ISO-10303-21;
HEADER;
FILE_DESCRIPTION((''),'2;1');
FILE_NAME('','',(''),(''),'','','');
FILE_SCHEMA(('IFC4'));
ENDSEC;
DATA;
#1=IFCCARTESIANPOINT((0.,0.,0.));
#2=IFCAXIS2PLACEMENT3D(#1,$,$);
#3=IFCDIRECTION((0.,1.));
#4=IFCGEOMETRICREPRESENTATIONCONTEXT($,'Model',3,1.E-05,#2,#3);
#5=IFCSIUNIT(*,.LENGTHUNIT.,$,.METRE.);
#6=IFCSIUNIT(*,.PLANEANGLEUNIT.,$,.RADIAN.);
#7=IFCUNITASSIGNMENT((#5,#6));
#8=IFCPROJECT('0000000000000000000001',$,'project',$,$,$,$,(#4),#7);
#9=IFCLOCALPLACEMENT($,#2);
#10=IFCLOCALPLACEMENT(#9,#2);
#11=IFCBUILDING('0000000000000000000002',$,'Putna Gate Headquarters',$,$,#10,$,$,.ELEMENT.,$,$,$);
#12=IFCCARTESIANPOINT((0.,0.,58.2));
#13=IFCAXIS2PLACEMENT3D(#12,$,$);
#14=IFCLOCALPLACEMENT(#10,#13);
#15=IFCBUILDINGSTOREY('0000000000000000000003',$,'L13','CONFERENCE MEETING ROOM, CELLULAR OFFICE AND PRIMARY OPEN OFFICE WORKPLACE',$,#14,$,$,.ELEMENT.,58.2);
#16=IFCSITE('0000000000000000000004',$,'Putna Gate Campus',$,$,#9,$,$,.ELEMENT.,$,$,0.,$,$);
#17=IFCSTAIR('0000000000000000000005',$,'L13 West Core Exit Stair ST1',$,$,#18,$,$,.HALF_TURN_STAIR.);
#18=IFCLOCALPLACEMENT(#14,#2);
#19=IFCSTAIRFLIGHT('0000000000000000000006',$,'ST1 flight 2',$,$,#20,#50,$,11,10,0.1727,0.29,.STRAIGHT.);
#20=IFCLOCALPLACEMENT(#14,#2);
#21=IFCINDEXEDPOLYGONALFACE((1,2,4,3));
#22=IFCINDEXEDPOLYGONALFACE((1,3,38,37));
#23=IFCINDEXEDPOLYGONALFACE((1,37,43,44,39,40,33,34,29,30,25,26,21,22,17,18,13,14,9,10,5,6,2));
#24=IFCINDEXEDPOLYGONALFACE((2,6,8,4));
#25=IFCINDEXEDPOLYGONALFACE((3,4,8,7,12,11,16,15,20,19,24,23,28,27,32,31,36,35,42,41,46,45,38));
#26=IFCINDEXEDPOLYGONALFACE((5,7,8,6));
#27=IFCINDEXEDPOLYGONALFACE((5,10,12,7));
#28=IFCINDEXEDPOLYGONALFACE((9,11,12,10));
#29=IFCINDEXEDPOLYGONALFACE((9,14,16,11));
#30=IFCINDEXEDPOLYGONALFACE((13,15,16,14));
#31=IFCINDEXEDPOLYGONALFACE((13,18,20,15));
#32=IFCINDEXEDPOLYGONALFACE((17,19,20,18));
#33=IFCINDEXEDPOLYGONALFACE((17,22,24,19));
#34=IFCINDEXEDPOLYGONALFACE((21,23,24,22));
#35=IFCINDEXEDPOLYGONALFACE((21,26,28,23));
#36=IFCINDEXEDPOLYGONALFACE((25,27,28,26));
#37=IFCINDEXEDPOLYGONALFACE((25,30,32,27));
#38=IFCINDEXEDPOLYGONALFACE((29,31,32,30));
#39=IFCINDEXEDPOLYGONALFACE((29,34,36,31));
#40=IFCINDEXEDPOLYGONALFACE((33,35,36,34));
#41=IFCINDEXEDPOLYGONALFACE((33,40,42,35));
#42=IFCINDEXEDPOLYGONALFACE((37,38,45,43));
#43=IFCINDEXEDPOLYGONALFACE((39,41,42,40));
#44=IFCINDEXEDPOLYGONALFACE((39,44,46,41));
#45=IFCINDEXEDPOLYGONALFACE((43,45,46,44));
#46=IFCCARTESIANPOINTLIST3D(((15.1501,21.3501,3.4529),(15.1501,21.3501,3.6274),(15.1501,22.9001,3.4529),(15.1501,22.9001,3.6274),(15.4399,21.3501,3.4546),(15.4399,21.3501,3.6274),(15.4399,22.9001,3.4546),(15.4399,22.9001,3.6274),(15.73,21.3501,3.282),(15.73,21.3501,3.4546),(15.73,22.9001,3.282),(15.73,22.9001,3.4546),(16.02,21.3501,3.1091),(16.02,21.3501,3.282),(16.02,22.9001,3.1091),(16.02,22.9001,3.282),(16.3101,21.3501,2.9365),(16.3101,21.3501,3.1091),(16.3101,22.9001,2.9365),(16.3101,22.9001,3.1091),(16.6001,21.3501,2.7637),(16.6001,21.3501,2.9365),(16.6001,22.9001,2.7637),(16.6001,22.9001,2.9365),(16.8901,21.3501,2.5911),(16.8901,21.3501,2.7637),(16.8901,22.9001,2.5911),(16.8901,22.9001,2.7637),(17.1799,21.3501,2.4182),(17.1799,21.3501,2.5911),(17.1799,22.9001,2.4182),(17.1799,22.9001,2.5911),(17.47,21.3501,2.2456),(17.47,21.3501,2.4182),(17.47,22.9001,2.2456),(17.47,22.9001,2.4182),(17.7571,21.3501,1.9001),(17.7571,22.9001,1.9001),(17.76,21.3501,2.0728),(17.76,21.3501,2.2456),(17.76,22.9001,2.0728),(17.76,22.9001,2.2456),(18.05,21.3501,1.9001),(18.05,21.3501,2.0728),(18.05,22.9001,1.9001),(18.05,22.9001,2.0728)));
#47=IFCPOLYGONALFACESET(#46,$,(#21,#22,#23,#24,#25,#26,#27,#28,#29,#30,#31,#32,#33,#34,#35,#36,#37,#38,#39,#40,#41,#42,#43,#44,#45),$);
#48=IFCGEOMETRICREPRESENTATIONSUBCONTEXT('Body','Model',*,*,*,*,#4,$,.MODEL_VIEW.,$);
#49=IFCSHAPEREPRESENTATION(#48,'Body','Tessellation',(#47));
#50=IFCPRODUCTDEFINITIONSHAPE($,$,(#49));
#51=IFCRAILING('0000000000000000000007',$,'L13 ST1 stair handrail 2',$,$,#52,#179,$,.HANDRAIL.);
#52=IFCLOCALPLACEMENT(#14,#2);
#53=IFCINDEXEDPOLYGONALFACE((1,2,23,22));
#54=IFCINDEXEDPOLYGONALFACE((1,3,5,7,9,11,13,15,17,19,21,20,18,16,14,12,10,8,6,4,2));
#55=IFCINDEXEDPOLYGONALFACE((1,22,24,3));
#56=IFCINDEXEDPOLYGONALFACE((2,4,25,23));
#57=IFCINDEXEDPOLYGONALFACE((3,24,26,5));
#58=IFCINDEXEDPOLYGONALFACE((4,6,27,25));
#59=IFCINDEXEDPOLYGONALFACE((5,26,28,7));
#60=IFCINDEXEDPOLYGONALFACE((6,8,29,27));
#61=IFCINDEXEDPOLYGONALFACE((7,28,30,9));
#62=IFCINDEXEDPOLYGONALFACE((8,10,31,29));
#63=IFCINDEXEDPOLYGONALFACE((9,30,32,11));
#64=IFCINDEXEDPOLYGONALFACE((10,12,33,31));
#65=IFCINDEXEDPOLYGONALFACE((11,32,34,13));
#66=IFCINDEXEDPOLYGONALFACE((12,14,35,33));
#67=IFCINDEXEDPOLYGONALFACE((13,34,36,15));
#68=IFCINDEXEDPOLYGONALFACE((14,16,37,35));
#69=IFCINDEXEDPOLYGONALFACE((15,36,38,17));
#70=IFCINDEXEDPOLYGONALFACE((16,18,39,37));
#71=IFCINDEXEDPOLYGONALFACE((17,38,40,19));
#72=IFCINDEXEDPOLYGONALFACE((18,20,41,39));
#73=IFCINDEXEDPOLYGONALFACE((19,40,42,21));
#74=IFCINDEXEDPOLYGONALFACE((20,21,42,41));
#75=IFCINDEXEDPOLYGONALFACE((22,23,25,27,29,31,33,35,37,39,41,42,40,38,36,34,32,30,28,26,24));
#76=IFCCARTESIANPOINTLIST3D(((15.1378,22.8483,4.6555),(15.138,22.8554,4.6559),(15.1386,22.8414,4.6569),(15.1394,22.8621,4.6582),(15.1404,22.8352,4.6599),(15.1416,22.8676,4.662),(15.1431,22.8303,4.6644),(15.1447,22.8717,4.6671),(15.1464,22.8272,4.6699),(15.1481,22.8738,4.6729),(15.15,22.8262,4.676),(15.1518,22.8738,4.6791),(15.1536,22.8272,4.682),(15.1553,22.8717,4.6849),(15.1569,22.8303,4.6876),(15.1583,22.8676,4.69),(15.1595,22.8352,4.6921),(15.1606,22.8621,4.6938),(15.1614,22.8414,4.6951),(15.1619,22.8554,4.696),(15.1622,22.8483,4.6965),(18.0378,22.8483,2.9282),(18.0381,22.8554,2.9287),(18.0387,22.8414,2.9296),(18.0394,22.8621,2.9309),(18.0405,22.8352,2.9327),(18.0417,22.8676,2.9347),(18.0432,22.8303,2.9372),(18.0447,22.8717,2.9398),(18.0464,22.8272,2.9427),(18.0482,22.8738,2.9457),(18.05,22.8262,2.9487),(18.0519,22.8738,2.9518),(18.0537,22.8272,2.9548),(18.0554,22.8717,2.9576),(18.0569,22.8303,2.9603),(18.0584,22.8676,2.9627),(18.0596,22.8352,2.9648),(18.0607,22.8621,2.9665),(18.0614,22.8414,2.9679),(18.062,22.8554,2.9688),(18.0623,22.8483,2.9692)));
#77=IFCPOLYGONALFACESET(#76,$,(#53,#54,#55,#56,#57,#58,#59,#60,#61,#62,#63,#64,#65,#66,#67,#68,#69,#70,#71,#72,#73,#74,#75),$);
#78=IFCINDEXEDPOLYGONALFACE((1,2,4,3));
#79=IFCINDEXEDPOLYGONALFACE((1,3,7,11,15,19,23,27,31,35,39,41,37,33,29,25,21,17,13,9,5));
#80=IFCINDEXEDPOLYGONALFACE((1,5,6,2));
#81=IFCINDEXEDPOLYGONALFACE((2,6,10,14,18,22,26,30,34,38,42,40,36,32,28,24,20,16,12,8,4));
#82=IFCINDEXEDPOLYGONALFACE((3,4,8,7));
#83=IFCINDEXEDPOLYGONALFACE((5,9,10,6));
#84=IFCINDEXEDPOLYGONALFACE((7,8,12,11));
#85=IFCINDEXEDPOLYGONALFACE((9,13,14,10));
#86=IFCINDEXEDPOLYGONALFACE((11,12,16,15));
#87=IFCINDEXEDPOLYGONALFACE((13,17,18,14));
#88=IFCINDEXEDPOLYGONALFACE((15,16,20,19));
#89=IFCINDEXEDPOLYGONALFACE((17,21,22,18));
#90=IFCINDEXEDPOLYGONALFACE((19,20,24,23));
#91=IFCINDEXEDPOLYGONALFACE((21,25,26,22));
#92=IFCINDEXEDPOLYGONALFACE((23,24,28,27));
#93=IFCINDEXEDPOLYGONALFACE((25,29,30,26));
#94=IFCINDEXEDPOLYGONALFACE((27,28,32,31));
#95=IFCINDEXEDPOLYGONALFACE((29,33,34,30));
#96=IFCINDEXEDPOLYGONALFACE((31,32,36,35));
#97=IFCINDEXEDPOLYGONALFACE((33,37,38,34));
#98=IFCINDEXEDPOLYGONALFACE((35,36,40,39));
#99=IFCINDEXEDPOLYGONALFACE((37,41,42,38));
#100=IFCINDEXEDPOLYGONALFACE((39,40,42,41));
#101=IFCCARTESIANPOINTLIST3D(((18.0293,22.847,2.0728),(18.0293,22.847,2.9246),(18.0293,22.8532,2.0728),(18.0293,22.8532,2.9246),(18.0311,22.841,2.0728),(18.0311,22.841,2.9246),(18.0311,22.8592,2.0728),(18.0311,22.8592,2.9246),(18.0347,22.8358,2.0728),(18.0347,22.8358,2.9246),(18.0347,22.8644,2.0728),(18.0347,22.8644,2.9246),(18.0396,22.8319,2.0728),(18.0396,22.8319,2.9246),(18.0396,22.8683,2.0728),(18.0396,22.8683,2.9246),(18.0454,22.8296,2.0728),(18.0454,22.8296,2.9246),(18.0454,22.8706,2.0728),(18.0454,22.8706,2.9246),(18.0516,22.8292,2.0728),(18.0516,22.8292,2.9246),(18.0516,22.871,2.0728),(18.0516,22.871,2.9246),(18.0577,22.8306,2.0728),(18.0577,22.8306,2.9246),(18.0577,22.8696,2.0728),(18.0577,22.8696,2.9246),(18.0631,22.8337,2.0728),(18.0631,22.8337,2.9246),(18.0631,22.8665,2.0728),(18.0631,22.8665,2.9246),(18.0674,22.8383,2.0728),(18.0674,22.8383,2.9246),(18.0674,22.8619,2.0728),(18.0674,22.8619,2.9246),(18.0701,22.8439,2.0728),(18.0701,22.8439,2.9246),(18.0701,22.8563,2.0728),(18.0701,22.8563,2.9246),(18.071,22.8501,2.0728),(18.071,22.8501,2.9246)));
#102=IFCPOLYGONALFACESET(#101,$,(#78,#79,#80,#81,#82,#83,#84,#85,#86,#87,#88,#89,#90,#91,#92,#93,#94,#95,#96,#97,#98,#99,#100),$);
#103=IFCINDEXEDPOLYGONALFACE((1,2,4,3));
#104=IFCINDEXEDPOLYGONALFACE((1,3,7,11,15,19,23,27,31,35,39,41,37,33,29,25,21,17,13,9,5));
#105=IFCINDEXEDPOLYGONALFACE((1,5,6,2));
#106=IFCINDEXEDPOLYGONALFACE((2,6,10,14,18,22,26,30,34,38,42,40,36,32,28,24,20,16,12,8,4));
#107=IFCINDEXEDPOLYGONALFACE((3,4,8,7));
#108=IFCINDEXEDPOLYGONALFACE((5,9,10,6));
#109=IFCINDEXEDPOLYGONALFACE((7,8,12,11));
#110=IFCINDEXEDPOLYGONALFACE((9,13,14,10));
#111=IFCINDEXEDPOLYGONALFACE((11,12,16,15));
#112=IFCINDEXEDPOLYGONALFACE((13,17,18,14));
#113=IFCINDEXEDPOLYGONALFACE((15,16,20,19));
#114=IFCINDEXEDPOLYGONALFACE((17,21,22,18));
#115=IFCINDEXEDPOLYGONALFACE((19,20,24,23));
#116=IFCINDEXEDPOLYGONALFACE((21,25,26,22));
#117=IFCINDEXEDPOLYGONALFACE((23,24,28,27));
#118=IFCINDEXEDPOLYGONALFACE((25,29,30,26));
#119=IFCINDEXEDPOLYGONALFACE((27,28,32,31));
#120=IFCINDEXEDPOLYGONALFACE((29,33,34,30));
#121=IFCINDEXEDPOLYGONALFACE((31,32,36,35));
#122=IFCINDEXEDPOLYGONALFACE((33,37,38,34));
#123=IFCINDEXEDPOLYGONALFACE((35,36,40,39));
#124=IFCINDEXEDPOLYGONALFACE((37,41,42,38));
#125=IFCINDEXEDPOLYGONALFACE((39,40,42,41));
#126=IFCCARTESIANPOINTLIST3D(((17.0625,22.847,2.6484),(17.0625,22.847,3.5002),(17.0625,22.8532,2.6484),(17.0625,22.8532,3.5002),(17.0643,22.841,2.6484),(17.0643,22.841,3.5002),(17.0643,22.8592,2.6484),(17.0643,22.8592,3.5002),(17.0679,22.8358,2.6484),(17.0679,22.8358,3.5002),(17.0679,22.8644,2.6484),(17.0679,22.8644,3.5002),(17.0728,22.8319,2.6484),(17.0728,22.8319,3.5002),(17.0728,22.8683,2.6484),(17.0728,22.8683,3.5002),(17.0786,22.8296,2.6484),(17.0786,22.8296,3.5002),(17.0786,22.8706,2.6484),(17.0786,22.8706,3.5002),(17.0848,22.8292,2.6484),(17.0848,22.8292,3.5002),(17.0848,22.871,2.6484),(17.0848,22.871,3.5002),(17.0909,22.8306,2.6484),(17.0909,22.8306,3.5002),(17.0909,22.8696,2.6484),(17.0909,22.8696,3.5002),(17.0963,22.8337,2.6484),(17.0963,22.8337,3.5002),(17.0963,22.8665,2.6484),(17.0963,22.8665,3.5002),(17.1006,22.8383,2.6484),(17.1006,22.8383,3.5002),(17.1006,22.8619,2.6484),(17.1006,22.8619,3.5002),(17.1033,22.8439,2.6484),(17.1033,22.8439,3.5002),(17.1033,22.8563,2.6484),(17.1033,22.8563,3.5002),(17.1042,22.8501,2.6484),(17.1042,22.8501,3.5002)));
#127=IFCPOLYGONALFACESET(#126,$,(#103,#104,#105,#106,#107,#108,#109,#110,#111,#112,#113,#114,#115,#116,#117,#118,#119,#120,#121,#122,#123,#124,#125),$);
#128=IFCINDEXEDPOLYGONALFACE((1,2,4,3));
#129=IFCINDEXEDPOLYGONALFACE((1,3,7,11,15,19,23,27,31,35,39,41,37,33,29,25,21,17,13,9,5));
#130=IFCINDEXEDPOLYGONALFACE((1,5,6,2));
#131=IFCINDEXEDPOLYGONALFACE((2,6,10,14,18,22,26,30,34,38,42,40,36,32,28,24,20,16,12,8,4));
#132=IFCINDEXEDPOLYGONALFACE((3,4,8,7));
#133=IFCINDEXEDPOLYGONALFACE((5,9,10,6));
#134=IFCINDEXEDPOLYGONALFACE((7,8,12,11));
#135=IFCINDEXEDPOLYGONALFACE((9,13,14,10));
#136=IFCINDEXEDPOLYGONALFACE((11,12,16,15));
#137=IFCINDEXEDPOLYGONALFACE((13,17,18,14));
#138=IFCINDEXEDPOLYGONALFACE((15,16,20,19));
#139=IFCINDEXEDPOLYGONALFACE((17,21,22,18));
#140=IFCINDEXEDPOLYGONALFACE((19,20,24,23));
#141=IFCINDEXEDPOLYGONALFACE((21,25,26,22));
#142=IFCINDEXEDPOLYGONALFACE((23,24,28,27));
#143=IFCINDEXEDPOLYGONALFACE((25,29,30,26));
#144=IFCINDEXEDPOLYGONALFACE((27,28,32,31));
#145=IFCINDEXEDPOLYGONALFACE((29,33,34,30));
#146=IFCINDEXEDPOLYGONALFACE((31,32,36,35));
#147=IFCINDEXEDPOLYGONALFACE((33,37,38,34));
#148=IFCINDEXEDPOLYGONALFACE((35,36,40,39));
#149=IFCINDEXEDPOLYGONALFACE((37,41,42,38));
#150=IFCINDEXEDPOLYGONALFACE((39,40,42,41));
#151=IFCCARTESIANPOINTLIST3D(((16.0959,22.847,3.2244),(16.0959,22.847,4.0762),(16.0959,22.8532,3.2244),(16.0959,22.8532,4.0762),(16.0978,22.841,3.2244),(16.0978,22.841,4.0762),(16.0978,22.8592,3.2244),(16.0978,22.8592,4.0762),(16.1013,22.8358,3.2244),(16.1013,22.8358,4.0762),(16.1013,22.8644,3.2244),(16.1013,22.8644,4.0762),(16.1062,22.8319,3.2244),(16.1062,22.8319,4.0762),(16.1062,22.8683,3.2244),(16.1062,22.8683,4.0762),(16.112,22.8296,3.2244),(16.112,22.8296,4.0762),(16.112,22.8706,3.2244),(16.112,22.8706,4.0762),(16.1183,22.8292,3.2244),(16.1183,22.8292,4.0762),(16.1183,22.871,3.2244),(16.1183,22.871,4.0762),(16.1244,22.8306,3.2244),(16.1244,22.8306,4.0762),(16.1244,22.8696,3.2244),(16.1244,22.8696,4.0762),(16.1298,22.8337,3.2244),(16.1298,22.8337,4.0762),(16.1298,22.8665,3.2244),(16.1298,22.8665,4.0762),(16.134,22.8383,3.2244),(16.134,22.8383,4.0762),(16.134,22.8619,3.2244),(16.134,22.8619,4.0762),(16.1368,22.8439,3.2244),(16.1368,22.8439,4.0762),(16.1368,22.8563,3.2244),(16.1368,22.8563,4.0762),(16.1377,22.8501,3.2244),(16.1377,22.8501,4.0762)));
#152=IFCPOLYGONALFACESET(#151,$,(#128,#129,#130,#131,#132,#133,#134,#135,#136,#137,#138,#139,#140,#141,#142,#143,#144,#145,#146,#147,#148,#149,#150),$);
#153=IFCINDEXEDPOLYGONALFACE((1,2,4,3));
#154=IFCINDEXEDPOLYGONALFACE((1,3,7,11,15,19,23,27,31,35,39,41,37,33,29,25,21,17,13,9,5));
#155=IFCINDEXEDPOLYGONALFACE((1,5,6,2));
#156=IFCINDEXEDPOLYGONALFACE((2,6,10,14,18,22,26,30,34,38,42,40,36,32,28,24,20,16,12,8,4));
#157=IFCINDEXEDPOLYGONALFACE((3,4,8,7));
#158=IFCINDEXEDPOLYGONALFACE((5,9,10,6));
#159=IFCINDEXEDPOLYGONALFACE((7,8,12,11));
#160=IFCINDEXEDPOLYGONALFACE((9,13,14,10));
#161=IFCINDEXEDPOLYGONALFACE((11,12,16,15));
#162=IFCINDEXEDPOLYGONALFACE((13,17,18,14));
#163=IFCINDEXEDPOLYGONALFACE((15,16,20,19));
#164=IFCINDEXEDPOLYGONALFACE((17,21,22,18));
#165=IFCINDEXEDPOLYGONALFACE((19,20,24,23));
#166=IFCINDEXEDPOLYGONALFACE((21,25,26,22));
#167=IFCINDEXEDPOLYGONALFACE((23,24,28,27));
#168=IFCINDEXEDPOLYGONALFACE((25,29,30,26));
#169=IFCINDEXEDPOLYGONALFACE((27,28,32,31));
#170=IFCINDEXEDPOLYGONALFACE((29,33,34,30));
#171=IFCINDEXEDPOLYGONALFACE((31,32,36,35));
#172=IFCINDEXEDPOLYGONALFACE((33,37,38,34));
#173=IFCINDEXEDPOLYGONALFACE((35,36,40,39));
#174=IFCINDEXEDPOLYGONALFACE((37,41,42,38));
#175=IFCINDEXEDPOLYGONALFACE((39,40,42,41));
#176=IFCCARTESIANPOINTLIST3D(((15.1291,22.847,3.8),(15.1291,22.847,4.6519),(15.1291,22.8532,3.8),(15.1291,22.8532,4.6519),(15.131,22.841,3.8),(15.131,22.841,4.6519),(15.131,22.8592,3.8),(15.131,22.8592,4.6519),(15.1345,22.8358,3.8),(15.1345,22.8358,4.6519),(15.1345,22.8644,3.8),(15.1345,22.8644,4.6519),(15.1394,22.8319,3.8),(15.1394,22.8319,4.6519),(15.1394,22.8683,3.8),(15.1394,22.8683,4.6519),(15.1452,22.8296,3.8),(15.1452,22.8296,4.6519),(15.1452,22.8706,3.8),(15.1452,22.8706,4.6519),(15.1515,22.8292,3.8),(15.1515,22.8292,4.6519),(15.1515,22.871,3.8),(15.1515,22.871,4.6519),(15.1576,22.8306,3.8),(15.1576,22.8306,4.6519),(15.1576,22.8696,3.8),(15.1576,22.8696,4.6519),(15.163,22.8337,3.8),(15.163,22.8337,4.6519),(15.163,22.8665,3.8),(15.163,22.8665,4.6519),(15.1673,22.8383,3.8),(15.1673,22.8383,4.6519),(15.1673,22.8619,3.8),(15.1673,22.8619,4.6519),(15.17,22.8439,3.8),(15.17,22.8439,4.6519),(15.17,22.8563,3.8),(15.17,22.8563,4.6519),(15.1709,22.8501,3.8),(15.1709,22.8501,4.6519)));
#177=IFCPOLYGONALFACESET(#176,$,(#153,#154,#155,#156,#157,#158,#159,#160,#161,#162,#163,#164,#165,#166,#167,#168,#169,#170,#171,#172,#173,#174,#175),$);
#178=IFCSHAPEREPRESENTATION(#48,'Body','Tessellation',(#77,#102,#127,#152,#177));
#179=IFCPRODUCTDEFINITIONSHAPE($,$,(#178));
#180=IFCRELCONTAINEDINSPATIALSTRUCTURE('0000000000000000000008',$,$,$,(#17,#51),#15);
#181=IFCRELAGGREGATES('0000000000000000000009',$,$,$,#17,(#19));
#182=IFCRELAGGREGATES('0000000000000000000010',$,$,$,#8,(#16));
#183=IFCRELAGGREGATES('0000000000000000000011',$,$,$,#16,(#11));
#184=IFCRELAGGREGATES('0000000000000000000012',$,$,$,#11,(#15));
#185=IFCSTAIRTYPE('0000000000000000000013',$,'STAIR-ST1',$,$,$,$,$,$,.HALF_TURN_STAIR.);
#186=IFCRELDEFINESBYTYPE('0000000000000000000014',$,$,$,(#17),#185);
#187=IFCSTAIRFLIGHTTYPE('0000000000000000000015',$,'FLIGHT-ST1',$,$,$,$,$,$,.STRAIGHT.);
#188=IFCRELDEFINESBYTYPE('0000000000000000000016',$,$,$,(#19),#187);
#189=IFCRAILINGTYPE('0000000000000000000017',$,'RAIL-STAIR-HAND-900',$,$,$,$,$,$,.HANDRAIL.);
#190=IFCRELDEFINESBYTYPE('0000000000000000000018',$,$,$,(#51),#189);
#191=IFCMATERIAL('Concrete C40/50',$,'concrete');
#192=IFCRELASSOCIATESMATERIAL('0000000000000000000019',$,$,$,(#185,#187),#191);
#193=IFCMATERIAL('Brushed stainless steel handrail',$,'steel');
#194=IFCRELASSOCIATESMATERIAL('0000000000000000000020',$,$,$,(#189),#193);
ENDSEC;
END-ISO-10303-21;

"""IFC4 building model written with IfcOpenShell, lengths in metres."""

from ifc_helpers import new_model, si_unit, direction, frame, origin, origin_2d, place, context, subcontext, project, spatial, polyline, circle, outline, extrude, material, type_object, element, aggregate, save


model = new_model("IFC4")

# Units and contexts
model_context = context("Model", 3, precision=1e-05, world=origin(), true_north=direction((0.0, 1.0)))
body_context = subcontext(model_context, "Body", "Model", "MODEL_VIEW")
ifc_project = project(units=[si_unit("LENGTHUNIT", "METRE"), si_unit("PLANEANGLEUNIT", "RADIAN")], contexts=[model_context])

# Site, building, storey
site_placement = place(None, origin())
site = spatial("IfcSite", under=ifc_project, at=site_placement, Name="Putna Gate Campus", CompositionType="ELEMENT", RefElevation=0.0)
building_placement = place(site_placement, origin())
building = spatial("IfcBuilding", under=site, at=building_placement, Name="Putna Gate Headquarters", CompositionType="ELEMENT")
storey_placement = place(building_placement, frame((0.0, 0.0, 58.2)))
storey = spatial("IfcBuildingStorey", under=building, at=storey_placement, Name="L13", Description="CONFERENCE MEETING ROOM, CELLULAR OFFICE AND PRIMARY OPEN OFFICE WORKPLACE", CompositionType="ELEMENT", Elevation=58.2)

# Shared definitions
ifc_material_1 = material(Name="Concrete C40/50", Category="concrete")

# Stair, stair flight
stair_type = type_object("IfcStairType", Name="STAIR-ST1", PredefinedType="HALF_TURN_STAIR", material=ifc_material_1)
stair_placement = place(storey_placement, origin())
stair = element("IfcStair", 1, at=stair_placement, inside=storey, type_object=stair_type, Name="L13 West Core Exit Stair ST1", PredefinedType="HALF_TURN_STAIR")
stair_flight_type = type_object("IfcStairFlightType", Name="FLIGHT-ST1", PredefinedType="STRAIGHT", material=ifc_material_1)
stair_flight_placement = place(storey_placement, frame((18.05, 22.125, 1.9001), z_axis=(0.0, 0.0, 1.0), x_axis=(-1.0, 0.0, 0.0)))
stair_flight = element("IfcStairFlight", 2, at=stair_flight_placement, type_object=stair_flight_type, Name="ST1 flight 2", NumberOfRisers=11, NumberOfTreads=10, PredefinedType="STRAIGHT", RiserHeight=0.1727, TreadLength=0.29, context=body_context, shape_type="SweptSolid", body=[
    extrude(outline(polyline([(0.0, 0.0), (0.0, 0.1726), (0.29, 0.1726), (0.29, 0.3455), (0.5801, 0.3455), (0.5801, 0.5181), (0.8701, 0.5181), (0.8701, 0.6909), (1.1599, 0.6909), (1.1599, 0.8635), (1.45, 0.8635), (1.45, 1.0364), (1.74, 1.0364), (1.74, 1.209), (2.03, 1.209), (2.03, 1.3818), (2.3201, 1.3818), (2.3201, 1.5544), (2.6101, 1.5544), (2.6101, 1.7273), (2.8999, 1.7273), (2.8999, 1.8999), (2.8999, 1.5527), (0.293, 0.0), (0.0, 0.0)])), frame((0.0, 0.7749, 0.0), z_axis=(0.0, -1.0, 0.0), x_axis=(1.0, 0.0, 0.0)), (0.0, 0.0, 1.0), 1.55),
])
aggregate(stair, [stair_flight])

# Railing
ifc_material_2 = material(Name="Brushed stainless steel handrail", Category="steel")
railing_type_1 = type_object("IfcRailingType", Name="RAIL-STAIR-HAND-900", PredefinedType="HANDRAIL", material=ifc_material_2)
railing_1_placement = place(storey_placement, frame((18.05, 22.8501, 2.0728)))
element("IfcRailing", 3, at=railing_1_placement, inside=storey, type_object=railing_type_1, Name="L13 ST1 stair handrail 2", PredefinedType="HANDRAIL", context=body_context, shape_type="SweptSolid", body=[
    extrude(circle(Radius=0.0239, at=origin_2d()), frame((0.0, 0.0, 0.876), z_axis=(-0.85916, 0.0, 0.511706), x_axis=(0.0, -1.0, 0.0)), (0.0, 0.0, 1.0), 3.3755),
    extrude(circle(Radius=0.021, at=origin_2d()), origin(), (0.0, 0.0, 1.0), 0.8518),
    extrude(circle(Radius=0.021, at=origin_2d()), frame((-0.9668, 0.0, 0.5757)), (0.0, 0.0, 1.0), 0.8518),
    extrude(circle(Radius=0.021, at=origin_2d()), frame((-1.9333, 0.0, 1.1516)), (0.0, 0.0, 1.0), 0.8518),
    extrude(circle(Radius=0.021, at=origin_2d()), frame((-2.9001, 0.0, 1.7273)), (0.0, 0.0, 1.0), 0.8518),
])

save(model, "model.ifc")
